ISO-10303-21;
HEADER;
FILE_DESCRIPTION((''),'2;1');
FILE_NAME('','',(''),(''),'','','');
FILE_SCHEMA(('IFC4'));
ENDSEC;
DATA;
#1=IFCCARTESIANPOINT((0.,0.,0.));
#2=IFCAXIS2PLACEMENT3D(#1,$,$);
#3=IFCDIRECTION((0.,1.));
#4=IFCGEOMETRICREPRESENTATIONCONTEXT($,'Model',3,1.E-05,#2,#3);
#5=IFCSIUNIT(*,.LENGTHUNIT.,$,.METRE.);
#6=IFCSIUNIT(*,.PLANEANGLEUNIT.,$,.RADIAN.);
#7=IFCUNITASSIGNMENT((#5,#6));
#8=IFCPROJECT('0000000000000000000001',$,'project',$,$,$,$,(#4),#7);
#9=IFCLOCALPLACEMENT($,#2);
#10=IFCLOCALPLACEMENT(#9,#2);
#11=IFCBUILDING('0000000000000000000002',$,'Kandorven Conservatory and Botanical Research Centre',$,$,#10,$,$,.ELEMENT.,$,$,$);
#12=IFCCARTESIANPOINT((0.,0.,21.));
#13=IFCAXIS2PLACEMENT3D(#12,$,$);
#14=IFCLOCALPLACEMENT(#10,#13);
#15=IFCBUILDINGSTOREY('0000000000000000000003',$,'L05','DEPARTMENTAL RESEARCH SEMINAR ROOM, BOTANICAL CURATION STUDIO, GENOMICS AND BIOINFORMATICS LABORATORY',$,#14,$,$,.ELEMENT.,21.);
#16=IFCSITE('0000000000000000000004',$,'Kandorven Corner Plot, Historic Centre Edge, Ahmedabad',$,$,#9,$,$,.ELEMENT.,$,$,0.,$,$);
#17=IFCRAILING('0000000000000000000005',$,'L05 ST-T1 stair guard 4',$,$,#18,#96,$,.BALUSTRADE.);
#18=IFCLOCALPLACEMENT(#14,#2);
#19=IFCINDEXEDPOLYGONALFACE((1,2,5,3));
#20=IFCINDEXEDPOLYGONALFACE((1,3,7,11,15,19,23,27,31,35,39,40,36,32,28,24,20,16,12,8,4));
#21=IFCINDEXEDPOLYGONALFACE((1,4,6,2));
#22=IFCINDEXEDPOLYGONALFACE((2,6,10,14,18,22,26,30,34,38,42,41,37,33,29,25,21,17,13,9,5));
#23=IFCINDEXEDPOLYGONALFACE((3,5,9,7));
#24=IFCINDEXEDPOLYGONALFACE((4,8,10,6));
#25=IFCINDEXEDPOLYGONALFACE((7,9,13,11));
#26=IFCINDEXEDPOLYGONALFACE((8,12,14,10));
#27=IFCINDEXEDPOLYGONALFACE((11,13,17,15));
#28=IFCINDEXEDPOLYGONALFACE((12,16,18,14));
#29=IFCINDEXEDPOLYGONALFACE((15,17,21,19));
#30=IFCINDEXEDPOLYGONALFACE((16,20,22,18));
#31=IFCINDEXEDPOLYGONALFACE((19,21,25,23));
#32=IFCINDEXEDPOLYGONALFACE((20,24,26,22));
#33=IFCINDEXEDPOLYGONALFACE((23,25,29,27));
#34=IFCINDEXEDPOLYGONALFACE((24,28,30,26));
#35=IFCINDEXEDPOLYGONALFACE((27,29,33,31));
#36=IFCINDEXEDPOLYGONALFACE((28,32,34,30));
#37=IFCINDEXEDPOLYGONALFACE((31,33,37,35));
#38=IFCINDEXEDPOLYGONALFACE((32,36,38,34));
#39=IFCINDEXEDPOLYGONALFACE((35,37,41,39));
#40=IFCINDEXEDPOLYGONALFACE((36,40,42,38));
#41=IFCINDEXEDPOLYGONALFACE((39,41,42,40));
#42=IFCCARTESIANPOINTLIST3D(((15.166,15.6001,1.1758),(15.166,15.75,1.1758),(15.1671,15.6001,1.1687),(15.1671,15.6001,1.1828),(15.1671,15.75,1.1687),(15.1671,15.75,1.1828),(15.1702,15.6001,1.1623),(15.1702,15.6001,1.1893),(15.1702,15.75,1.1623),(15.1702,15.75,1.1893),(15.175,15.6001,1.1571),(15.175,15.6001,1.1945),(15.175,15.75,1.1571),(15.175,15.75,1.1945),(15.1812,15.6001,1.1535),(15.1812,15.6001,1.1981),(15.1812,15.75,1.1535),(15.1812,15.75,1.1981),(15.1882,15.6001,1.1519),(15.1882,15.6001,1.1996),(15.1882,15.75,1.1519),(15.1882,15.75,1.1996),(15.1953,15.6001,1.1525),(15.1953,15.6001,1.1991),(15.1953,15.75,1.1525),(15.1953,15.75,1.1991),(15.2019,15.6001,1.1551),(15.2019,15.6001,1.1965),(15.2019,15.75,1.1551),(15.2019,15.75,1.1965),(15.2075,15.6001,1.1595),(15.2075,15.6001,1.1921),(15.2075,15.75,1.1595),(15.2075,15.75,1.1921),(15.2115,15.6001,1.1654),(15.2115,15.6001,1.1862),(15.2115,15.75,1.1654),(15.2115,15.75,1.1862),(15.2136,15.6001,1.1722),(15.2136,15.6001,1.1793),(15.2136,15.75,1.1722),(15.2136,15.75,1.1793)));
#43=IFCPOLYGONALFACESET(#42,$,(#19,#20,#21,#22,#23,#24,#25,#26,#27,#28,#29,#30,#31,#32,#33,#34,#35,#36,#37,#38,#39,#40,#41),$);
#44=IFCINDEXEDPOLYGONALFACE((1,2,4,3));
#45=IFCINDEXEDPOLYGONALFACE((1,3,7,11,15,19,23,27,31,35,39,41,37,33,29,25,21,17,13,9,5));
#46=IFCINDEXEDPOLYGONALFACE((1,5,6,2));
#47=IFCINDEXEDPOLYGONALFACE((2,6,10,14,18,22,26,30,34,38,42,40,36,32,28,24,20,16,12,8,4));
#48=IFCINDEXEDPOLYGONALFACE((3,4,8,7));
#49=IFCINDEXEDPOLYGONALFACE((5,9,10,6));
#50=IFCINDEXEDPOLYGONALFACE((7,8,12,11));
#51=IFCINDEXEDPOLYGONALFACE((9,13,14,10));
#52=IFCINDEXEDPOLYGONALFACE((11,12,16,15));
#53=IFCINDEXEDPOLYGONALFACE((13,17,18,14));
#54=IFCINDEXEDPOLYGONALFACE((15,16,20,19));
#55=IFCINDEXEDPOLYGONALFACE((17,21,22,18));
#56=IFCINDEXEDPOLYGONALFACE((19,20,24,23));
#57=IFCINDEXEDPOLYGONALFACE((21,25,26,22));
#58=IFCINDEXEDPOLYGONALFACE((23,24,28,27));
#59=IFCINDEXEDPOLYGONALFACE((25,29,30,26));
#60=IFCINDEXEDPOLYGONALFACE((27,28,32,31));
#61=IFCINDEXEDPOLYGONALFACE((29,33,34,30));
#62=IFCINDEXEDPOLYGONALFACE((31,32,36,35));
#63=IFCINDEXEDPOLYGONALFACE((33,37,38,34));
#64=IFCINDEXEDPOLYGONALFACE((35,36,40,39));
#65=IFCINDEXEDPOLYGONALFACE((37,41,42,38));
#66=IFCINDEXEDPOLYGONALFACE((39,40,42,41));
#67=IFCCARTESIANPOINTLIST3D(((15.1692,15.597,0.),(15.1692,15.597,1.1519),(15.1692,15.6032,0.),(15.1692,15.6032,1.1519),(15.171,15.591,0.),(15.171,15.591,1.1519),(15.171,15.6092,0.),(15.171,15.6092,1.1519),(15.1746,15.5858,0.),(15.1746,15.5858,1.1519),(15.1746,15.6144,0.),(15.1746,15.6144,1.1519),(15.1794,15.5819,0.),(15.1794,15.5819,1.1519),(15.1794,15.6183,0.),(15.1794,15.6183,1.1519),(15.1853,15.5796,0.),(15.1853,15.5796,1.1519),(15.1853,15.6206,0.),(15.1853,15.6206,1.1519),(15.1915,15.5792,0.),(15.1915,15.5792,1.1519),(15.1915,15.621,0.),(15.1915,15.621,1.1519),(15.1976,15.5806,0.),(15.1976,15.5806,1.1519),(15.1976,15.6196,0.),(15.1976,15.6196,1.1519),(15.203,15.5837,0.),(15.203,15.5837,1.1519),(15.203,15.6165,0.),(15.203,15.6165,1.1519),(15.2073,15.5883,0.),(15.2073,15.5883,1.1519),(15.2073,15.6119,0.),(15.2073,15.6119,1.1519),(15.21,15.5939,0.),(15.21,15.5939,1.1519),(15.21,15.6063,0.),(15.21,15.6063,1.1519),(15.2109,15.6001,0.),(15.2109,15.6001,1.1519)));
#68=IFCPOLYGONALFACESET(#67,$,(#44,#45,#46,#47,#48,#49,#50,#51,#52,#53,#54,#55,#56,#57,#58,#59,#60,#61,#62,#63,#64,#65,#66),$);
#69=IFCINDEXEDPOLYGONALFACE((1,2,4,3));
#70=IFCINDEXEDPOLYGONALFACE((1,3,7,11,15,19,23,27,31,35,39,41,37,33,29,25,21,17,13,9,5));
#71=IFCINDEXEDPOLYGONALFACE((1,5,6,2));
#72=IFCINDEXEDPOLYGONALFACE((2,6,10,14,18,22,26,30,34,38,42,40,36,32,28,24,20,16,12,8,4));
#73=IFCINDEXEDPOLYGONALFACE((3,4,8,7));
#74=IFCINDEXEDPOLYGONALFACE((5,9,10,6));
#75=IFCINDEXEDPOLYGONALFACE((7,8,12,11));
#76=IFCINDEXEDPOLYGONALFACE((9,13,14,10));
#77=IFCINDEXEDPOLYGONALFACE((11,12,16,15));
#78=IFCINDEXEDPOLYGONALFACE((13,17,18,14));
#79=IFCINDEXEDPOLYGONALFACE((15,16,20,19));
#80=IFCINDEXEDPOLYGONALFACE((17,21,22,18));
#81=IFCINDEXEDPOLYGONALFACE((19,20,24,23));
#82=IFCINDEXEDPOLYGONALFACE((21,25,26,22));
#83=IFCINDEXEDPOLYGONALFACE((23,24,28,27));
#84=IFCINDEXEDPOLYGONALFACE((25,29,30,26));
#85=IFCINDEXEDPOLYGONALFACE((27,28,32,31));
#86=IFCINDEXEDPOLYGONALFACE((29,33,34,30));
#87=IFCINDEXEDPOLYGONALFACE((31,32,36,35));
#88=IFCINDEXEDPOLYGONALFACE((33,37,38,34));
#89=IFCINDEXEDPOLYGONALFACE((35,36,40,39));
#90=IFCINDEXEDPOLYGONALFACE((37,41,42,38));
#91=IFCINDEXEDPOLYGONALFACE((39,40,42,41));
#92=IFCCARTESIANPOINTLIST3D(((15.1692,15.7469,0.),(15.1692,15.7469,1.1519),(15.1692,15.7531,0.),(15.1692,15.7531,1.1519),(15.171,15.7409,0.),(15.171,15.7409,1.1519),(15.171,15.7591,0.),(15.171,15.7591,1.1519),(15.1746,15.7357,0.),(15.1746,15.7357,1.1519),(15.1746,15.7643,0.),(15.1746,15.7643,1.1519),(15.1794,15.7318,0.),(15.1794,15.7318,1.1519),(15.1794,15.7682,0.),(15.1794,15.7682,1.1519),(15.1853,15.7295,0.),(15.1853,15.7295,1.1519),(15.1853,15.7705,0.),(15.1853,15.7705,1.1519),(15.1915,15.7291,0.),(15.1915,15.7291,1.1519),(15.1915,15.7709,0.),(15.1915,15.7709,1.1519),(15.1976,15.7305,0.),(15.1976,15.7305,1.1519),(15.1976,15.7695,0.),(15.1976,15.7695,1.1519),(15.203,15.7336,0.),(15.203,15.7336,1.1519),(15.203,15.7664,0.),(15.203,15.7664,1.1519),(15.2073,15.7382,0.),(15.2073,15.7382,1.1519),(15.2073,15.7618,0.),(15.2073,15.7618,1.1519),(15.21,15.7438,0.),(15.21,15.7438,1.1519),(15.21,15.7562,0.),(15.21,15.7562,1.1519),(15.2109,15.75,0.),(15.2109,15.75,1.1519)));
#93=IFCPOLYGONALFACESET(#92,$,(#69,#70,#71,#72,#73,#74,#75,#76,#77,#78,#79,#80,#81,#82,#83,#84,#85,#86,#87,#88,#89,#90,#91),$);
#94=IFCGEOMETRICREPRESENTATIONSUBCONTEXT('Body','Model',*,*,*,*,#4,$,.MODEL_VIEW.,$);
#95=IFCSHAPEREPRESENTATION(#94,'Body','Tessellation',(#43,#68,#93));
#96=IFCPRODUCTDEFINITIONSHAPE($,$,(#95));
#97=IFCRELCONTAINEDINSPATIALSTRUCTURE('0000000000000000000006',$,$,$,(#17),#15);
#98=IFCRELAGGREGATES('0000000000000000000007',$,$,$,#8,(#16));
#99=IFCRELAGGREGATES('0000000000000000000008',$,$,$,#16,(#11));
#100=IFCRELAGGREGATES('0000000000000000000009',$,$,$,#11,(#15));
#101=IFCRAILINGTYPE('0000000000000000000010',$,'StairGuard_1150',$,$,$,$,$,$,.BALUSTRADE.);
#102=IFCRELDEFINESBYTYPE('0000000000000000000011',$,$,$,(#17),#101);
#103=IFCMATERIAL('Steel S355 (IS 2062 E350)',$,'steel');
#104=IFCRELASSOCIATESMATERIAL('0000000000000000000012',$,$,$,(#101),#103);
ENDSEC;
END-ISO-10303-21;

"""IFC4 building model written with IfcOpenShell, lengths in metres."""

from ifc_helpers import new_model, si_unit, direction, frame, origin, origin_2d, place, context, subcontext, project, spatial, circle, extrude, material, type_object, element, save


model = new_model("IFC4")

# Units and contexts
model_context = context("Model", 3, precision=1e-05, world=origin(), true_north=direction((0.0, 1.0)))
body_context = subcontext(model_context, "Body", "Model", "MODEL_VIEW")
ifc_project = project(units=[si_unit("LENGTHUNIT", "METRE"), si_unit("PLANEANGLEUNIT", "RADIAN")], contexts=[model_context])

# Site, building, storey
site_placement = place(None, origin())
site = spatial("IfcSite", under=ifc_project, at=site_placement, Name="Kandorven Corner Plot, Historic Centre Edge, Ahmedabad", CompositionType="ELEMENT", RefElevation=0.0)
building_placement = place(site_placement, origin())
building = spatial("IfcBuilding", under=site, at=building_placement, Name="Kandorven Conservatory and Botanical Research Centre", CompositionType="ELEMENT")
storey_placement = place(building_placement, frame((0.0, 0.0, 21.0)))
storey = spatial("IfcBuildingStorey", under=building, at=storey_placement, Name="L05", Description="DEPARTMENTAL RESEARCH SEMINAR ROOM, BOTANICAL CURATION STUDIO, GENOMICS AND BIOINFORMATICS LABORATORY", CompositionType="ELEMENT", Elevation=21.0)

# Railing
ifc_material_1 = material(Name="Steel S355 (IS 2062 E350)", Category="steel")
railing_type_1 = type_object("IfcRailingType", Name="StairGuard_1150", PredefinedType="BALUSTRADE", material=ifc_material_1)
railing_1_placement = place(storey_placement, frame((15.1899, 15.6001, 0.0)))
element("IfcRailing", 1, at=railing_1_placement, inside=storey, type_object=railing_type_1, Name="L05 ST-T1 stair guard 4", PredefinedType="BALUSTRADE", context=body_context, shape_type="SweptSolid", body=[
    extrude(circle(Radius=0.0239, at=origin_2d()), frame((0.0, 0.0, 1.1758), z_axis=(0.0, 1.0, 0.0), x_axis=(-1.0, 0.0, 0.0)), (0.0, 0.0, 1.0), 0.1499),
    extrude(circle(Radius=0.021, at=origin_2d()), origin(), (0.0, 0.0, 1.0), 1.1519),
    extrude(circle(Radius=0.021, at=origin_2d()), frame((0.0, 0.1499, 0.0)), (0.0, 0.0, 1.0), 1.1519),
])

save(model, "model.ifc")
